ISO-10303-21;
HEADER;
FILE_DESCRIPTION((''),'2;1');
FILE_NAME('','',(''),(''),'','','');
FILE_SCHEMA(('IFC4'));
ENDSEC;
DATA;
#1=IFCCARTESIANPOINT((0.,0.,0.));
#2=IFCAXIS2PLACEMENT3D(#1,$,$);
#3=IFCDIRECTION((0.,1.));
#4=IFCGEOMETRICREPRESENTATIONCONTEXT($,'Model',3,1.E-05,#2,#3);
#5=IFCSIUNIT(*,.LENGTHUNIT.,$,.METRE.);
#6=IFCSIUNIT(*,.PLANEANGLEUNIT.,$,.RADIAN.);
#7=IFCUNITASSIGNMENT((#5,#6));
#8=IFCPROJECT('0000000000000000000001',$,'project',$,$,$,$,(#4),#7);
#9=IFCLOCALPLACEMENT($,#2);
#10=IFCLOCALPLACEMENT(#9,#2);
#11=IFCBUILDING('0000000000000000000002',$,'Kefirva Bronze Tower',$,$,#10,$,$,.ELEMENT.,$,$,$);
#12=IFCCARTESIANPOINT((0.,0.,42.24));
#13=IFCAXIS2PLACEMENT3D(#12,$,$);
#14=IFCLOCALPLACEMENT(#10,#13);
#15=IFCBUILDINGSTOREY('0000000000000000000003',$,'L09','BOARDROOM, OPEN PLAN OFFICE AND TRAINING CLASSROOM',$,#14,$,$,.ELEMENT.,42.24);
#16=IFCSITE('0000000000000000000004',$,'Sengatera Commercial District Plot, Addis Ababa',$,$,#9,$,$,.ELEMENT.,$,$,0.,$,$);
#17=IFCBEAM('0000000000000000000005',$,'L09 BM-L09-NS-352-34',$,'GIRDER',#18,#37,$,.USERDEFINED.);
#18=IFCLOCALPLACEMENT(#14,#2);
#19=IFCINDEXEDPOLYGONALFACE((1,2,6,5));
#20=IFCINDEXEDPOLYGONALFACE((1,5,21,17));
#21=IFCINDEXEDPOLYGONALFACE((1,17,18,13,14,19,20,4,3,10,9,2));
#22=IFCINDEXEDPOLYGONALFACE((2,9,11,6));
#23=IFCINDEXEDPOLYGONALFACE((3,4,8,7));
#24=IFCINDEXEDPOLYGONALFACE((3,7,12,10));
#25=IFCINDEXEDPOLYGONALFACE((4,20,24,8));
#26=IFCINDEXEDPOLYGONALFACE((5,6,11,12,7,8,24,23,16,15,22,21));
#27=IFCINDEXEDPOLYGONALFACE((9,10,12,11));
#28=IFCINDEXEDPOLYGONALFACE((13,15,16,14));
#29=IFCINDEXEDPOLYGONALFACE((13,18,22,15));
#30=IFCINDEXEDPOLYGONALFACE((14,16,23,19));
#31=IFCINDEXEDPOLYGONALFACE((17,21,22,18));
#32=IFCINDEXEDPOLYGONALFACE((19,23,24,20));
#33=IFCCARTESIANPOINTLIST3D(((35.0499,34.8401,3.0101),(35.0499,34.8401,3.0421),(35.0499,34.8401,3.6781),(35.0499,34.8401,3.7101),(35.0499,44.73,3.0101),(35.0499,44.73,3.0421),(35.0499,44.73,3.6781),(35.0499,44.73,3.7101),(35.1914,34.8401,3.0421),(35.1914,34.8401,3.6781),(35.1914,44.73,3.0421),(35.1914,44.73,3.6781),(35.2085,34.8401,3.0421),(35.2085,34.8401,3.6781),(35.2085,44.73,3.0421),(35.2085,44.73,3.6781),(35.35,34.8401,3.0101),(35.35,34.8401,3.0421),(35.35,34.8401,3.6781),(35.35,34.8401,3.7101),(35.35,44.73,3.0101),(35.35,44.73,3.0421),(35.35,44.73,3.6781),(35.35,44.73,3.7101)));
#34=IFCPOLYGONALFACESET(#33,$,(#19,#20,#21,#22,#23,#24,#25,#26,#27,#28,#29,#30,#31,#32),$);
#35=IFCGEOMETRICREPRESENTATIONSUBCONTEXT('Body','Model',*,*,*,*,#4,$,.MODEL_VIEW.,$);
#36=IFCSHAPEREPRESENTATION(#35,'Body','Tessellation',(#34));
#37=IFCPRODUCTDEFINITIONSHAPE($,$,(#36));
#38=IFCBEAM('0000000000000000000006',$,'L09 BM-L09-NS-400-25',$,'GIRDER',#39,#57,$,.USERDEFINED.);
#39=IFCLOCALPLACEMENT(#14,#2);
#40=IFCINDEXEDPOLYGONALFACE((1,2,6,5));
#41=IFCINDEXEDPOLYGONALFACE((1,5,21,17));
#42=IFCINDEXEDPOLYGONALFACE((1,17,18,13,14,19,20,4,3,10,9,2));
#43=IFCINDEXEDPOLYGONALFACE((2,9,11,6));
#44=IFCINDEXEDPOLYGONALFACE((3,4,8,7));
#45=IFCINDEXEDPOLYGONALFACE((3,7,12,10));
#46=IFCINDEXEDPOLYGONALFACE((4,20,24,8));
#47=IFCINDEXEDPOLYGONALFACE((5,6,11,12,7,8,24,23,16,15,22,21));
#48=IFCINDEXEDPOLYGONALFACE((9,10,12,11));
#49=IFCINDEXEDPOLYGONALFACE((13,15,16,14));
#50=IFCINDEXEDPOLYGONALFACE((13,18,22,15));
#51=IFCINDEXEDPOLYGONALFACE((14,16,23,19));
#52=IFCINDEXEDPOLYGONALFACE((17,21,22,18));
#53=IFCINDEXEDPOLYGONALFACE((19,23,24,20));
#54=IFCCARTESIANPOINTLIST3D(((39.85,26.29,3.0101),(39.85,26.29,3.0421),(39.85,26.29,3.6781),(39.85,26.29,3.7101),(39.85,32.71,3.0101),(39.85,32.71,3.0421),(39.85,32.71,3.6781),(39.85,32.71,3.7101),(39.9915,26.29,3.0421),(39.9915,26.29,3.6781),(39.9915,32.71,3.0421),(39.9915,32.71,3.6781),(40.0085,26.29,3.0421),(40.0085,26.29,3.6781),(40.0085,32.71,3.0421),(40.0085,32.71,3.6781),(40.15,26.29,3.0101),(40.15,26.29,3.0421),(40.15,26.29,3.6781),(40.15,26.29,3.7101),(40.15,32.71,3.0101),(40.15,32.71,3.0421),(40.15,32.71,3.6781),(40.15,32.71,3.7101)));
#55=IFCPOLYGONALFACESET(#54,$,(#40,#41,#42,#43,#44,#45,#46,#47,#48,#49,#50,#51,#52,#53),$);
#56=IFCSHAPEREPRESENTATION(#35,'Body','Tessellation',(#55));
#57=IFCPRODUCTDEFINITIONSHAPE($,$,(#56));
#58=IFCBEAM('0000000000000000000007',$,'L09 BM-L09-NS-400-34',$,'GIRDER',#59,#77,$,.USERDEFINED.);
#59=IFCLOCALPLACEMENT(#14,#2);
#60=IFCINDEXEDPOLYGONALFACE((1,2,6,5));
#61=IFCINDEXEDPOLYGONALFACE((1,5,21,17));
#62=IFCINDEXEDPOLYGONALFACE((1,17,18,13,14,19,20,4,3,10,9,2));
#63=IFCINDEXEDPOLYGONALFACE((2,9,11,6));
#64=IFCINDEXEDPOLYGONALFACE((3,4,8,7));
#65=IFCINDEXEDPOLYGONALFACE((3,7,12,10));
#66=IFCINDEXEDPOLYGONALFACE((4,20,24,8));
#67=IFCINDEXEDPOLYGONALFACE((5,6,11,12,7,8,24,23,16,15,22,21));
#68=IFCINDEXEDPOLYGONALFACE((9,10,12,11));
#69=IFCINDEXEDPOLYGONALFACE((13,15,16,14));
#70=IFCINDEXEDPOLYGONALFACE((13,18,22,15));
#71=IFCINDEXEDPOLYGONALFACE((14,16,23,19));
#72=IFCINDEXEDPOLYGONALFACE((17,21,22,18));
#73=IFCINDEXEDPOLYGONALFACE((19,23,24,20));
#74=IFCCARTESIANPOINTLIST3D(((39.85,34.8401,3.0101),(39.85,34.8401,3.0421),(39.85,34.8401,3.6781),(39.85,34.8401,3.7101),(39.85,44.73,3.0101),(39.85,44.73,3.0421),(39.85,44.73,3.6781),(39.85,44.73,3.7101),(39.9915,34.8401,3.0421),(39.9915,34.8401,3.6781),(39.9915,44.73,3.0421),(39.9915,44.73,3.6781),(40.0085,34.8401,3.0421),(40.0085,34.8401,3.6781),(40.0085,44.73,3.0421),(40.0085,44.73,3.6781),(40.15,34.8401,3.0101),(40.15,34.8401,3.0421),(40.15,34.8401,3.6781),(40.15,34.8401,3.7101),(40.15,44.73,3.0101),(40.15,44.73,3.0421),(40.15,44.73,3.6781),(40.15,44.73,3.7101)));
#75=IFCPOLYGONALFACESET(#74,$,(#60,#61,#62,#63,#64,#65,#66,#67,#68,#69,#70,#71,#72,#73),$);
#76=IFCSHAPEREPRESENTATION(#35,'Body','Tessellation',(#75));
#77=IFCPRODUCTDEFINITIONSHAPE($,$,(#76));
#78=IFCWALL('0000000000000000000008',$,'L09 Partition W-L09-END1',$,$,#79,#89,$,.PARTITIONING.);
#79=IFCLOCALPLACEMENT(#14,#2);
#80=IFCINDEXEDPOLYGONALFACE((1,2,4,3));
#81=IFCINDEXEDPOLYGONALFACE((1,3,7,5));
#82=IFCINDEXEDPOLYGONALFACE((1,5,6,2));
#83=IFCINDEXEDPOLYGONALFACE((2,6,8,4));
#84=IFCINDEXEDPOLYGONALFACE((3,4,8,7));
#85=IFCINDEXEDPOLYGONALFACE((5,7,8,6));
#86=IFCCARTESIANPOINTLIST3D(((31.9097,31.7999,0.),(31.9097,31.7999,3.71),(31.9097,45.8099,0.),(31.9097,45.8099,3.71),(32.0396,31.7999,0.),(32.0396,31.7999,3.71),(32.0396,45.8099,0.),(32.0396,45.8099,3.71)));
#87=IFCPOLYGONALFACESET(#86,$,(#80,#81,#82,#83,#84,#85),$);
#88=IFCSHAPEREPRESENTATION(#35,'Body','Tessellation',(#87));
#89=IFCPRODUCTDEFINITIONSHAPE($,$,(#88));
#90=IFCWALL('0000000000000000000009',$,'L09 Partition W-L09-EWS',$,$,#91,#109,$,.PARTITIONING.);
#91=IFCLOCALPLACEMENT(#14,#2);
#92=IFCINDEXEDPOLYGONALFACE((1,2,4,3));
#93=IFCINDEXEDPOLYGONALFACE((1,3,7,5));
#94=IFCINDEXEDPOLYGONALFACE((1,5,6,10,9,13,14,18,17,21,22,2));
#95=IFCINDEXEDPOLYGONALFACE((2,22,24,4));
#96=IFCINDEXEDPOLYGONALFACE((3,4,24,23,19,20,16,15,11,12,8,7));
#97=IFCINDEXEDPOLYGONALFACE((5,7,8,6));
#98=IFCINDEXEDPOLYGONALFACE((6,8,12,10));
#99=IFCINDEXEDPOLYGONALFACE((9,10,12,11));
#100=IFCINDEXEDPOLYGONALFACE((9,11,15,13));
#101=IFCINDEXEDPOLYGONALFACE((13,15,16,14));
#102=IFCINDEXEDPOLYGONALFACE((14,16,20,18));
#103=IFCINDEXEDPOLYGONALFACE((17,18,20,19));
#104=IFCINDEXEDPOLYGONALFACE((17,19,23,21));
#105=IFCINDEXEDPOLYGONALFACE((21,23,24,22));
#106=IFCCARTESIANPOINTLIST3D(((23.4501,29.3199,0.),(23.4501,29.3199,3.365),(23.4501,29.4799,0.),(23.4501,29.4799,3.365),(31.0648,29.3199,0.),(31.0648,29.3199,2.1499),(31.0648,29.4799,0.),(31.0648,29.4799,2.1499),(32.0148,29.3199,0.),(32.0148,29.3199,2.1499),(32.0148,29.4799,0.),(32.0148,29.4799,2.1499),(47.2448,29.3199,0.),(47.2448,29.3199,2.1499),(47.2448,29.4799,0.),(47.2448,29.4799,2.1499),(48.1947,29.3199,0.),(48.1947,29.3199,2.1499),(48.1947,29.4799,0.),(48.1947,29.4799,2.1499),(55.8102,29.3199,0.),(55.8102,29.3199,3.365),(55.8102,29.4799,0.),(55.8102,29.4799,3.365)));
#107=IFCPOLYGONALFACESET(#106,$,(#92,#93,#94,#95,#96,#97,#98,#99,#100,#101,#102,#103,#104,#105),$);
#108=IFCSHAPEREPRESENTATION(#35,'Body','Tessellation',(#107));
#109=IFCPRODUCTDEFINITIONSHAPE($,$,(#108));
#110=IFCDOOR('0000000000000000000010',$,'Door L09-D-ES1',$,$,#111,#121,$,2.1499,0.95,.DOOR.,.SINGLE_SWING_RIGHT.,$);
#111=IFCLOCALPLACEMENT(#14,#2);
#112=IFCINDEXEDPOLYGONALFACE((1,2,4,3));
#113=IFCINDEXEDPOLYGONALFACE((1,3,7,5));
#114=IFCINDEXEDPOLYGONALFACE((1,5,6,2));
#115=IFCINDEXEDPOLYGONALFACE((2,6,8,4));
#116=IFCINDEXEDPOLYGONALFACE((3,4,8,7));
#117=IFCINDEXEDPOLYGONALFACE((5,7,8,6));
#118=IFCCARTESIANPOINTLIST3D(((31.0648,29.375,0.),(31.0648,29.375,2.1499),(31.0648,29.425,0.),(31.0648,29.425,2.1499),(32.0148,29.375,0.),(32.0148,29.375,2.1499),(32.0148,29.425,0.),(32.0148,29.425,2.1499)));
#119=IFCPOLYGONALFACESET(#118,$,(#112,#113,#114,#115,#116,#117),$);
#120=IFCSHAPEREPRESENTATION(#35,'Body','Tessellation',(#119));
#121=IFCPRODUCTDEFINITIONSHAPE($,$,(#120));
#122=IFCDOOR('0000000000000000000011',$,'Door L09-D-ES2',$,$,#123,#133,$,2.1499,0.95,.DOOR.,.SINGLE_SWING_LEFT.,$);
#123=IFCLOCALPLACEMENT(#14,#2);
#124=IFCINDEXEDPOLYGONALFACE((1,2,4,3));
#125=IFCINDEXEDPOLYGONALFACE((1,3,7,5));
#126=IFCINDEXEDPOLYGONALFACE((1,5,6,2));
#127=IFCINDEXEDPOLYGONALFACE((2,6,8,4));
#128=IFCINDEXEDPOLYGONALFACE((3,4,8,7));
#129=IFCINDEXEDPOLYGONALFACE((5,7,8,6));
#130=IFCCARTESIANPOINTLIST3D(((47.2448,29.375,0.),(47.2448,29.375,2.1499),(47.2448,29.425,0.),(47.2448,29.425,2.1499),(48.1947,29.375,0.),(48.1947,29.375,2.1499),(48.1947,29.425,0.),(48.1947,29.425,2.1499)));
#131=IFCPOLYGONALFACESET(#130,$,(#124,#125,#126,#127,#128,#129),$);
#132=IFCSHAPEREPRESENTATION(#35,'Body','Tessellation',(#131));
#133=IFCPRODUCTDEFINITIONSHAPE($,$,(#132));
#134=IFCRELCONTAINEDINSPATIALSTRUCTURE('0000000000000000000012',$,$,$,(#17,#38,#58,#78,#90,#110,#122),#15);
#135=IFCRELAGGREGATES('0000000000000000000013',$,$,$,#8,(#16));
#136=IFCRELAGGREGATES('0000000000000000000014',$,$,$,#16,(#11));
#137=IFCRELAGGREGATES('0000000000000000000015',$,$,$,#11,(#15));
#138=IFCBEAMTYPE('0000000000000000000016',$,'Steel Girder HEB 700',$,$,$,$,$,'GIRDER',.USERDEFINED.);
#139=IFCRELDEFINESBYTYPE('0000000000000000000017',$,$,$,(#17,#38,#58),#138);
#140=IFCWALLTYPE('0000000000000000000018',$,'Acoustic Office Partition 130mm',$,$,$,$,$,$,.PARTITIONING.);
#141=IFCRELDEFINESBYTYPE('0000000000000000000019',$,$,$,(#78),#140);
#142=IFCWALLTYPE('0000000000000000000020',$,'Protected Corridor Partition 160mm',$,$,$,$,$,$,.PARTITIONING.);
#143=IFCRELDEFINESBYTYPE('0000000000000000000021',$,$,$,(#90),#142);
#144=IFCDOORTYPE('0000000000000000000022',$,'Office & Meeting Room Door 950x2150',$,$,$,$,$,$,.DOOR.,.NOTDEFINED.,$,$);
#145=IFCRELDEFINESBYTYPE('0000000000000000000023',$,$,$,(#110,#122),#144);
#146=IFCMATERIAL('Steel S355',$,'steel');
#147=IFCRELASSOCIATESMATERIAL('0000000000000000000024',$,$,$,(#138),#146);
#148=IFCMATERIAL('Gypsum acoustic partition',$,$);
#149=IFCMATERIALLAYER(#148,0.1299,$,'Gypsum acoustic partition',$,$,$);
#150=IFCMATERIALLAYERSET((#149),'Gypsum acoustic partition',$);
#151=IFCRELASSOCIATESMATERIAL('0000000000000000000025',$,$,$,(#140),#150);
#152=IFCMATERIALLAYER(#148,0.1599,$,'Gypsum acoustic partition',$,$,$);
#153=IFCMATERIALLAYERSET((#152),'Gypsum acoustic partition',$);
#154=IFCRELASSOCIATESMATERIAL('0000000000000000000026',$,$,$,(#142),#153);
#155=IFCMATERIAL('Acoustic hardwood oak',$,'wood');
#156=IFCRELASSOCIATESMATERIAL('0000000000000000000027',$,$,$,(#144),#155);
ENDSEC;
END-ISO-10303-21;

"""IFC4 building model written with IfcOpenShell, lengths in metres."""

from ifc_helpers import new_model, si_unit, direction, frame, frame_2d, origin, origin_2d, place, context, subcontext, project, spatial, rectangle, i_section, extrude, material, layer, layer_set, material_profile, profile_set, type_object, element, fill, save


model = new_model("IFC4")

# Units and contexts
model_context = context("Model", 3, precision=1e-05, world=origin(), true_north=direction((0.0, 1.0)))
body_context = subcontext(model_context, "Body", "Model", "MODEL_VIEW")
ifc_project = project(units=[si_unit("LENGTHUNIT", "METRE"), si_unit("PLANEANGLEUNIT", "RADIAN")], contexts=[model_context])

# Site, building, storey
site_placement = place(None, origin())
site = spatial("IfcSite", under=ifc_project, at=site_placement, Name="Sengatera Commercial District Plot, Addis Ababa", CompositionType="ELEMENT", RefElevation=0.0)
building_placement = place(site_placement, origin())
building = spatial("IfcBuilding", under=site, at=building_placement, Name="Kefirva Bronze Tower", CompositionType="ELEMENT")
storey_placement = place(building_placement, frame((0.0, 0.0, 42.24)))
storey = spatial("IfcBuildingStorey", under=building, at=storey_placement, Name="L09", Description="BOARDROOM, OPEN PLAN OFFICE AND TRAINING CLASSROOM", CompositionType="ELEMENT", Elevation=42.24)

# Beams
ifc_material_1 = material(Name="Steel S355", Category="steel")
ifc_material_profile_1 = material_profile(ifc_material_1, i_section(OverallWidth=0.3, OverallDepth=0.7, WebThickness=0.0171, FlangeThickness=0.032, at=origin_2d()), Name="HEB 700")
ifc_profile_set_1 = profile_set([ifc_material_profile_1], Name="Steel S355")
beam_type_1 = type_object("IfcBeamType", Name="Steel Girder HEB 700", ElementType="GIRDER", PredefinedType="USERDEFINED", material=ifc_profile_set_1)
beam_1_placement = place(storey_placement, frame((35.2, 34.8401, 3.3601), z_axis=(0.0, 1.0, 0.0), x_axis=(-1.0, 0.0, 0.0)))
element("IfcBeam", 1, at=beam_1_placement, inside=storey, type_object=beam_type_1, Name="L09 BM-L09-NS-352-34", ObjectType="GIRDER", PredefinedType="USERDEFINED", context=body_context, shape_type="SweptSolid", body=[
    extrude(i_section(OverallWidth=0.3, OverallDepth=0.7, WebThickness=0.0171, FlangeThickness=0.032, at=origin_2d()), origin(), (0.0, 0.0, 1.0), 9.8899),
])
beam_2_placement = place(storey_placement, frame((40.0, 26.29, 3.3601), z_axis=(0.0, 1.0, 0.0), x_axis=(-1.0, 0.0, 0.0)))
element("IfcBeam", 2, at=beam_2_placement, inside=storey, type_object=beam_type_1, Name="L09 BM-L09-NS-400-25", ObjectType="GIRDER", PredefinedType="USERDEFINED", context=body_context, shape_type="SweptSolid", body=[
    extrude(i_section(OverallWidth=0.3, OverallDepth=0.7, WebThickness=0.0171, FlangeThickness=0.032, at=origin_2d()), origin(), (0.0, 0.0, 1.0), 6.4199),
])
beam_3_placement = place(storey_placement, frame((40.0, 34.8401, 3.3601), z_axis=(0.0, 1.0, 0.0), x_axis=(-1.0, 0.0, 0.0)))
element("IfcBeam", 3, at=beam_3_placement, inside=storey, type_object=beam_type_1, Name="L09 BM-L09-NS-400-34", ObjectType="GIRDER", PredefinedType="USERDEFINED", context=body_context, shape_type="SweptSolid", body=[
    extrude(i_section(OverallWidth=0.3, OverallDepth=0.7, WebThickness=0.0171, FlangeThickness=0.032, at=origin_2d()), origin(), (0.0, 0.0, 1.0), 9.8899),
])

# Wall
ifc_material_2 = material(Name="Gypsum acoustic partition")
ifc_layer_1 = layer(ifc_material_2, 0.1299, Name="Gypsum acoustic partition")
ifc_layer_set_1 = layer_set([ifc_layer_1], Name="Gypsum acoustic partition")
wall_type_1 = type_object("IfcWallType", Name="Acoustic Office Partition 130mm", PredefinedType="PARTITIONING", material=ifc_layer_set_1)
wall_1_placement = place(storey_placement, frame((31.9746, 31.8, 0.0), z_axis=(0.0, 0.0, 1.0), x_axis=(0.0, 1.0, 0.0)))
element("IfcWall", 4, at=wall_1_placement, inside=storey, type_object=wall_type_1, Name="L09 Partition W-L09-END1", PredefinedType="PARTITIONING", context=body_context, shape_type="SweptSolid", body=[
    extrude(rectangle(XDim=14.01, YDim=0.1299, at=frame_2d((7.0049, 0.0))), origin(), (0.0, 0.0, 1.0), 3.71),
])

# Wall, openings, doors
ifc_layer_2 = layer(ifc_material_2, 0.1599, Name="Gypsum acoustic partition")
ifc_layer_set_2 = layer_set([ifc_layer_2], Name="Gypsum acoustic partition")
wall_type_2 = type_object("IfcWallType", Name="Protected Corridor Partition 160mm", PredefinedType="PARTITIONING", material=ifc_layer_set_2)
wall_2_placement = place(storey_placement, frame((23.45, 29.3999, 0.0), z_axis=(0.0, 0.0, 1.0), x_axis=(1.0, 0.0, 0.0)))
wall_2 = element("IfcWall", 5, at=wall_2_placement, inside=storey, type_object=wall_type_2, Name="L09 Partition W-L09-EWS", PredefinedType="PARTITIONING", context=body_context, shape_type="SweptSolid", body=[
    extrude(rectangle(XDim=32.3601, YDim=0.1599, at=frame_2d((16.1802, 0.0))), origin(), (0.0, 0.0, 1.0), 3.365),
])
opening_1_placement = place(wall_2_placement, frame((8.5649, 0.0, 0.0), z_axis=(0.0, 0.0, 1.0), x_axis=(-1.0, 0.0, 0.0)))
opening_1 = element("IfcOpeningElement", 6, at=opening_1_placement, cuts=wall_2, PredefinedType="OPENING", context=body_context, shape_type="SweptSolid", body=[
    extrude(rectangle(XDim=0.95, YDim=2.1499, at=frame_2d((0.4751, 1.075))), frame((0.0, 0.0898, 0.0), z_axis=(0.0, -1.0, 0.0), x_axis=(1.0, 0.0, 0.0)), (0.0, 0.0, 1.0), 0.1799),
])
opening_2_placement = place(wall_2_placement, frame((24.7449, 0.0, 0.0), z_axis=(0.0, 0.0, 1.0), x_axis=(-1.0, 0.0, 0.0)))
opening_2 = element("IfcOpeningElement", 7, at=opening_2_placement, cuts=wall_2, PredefinedType="OPENING", context=body_context, shape_type="SweptSolid", body=[
    extrude(rectangle(XDim=0.95, YDim=2.1499, at=frame_2d((0.4751, 1.075))), frame((0.0, 0.0898, 0.0), z_axis=(0.0, -1.0, 0.0), x_axis=(1.0, 0.0, 0.0)), (0.0, 0.0, 1.0), 0.1799),
])
ifc_material_3 = material(Name="Acoustic hardwood oak", Category="wood")
door_type = type_object("IfcDoorType", Name="Office & Meeting Room Door 950x2150", OperationType="NOTDEFINED", PredefinedType="DOOR", material=ifc_material_3)
door_1_placement = place(opening_1_placement, origin())
door_1 = element("IfcDoor", 8, at=door_1_placement, inside=storey, type_object=door_type, Name="Door L09-D-ES1", OperationType="SINGLE_SWING_RIGHT", OverallHeight=2.1499, OverallWidth=0.95, PredefinedType="DOOR", context=body_context, shape_type="SweptSolid", body=[
    extrude(rectangle(XDim=0.95, YDim=2.1499, at=frame_2d((0.4751, 1.075))), frame((0.0, 0.0249, 0.0), z_axis=(0.0, -1.0, 0.0), x_axis=(1.0, 0.0, 0.0)), (0.0, 0.0, 1.0), 0.05),
])
fill(opening_1, door_1)
door_2_placement = place(opening_2_placement, origin())
door_2 = element("IfcDoor", 9, at=door_2_placement, inside=storey, type_object=door_type, Name="Door L09-D-ES2", OperationType="SINGLE_SWING_LEFT", OverallHeight=2.1499, OverallWidth=0.95, PredefinedType="DOOR", context=body_context, shape_type="SweptSolid", body=[
    extrude(rectangle(XDim=0.95, YDim=2.1499, at=frame_2d((0.4751, 1.075))), frame((0.0, 0.0249, 0.0), z_axis=(0.0, -1.0, 0.0), x_axis=(1.0, 0.0, 0.0)), (0.0, 0.0, 1.0), 0.05),
])
fill(opening_2, door_2)

save(model, "model.ifc")
